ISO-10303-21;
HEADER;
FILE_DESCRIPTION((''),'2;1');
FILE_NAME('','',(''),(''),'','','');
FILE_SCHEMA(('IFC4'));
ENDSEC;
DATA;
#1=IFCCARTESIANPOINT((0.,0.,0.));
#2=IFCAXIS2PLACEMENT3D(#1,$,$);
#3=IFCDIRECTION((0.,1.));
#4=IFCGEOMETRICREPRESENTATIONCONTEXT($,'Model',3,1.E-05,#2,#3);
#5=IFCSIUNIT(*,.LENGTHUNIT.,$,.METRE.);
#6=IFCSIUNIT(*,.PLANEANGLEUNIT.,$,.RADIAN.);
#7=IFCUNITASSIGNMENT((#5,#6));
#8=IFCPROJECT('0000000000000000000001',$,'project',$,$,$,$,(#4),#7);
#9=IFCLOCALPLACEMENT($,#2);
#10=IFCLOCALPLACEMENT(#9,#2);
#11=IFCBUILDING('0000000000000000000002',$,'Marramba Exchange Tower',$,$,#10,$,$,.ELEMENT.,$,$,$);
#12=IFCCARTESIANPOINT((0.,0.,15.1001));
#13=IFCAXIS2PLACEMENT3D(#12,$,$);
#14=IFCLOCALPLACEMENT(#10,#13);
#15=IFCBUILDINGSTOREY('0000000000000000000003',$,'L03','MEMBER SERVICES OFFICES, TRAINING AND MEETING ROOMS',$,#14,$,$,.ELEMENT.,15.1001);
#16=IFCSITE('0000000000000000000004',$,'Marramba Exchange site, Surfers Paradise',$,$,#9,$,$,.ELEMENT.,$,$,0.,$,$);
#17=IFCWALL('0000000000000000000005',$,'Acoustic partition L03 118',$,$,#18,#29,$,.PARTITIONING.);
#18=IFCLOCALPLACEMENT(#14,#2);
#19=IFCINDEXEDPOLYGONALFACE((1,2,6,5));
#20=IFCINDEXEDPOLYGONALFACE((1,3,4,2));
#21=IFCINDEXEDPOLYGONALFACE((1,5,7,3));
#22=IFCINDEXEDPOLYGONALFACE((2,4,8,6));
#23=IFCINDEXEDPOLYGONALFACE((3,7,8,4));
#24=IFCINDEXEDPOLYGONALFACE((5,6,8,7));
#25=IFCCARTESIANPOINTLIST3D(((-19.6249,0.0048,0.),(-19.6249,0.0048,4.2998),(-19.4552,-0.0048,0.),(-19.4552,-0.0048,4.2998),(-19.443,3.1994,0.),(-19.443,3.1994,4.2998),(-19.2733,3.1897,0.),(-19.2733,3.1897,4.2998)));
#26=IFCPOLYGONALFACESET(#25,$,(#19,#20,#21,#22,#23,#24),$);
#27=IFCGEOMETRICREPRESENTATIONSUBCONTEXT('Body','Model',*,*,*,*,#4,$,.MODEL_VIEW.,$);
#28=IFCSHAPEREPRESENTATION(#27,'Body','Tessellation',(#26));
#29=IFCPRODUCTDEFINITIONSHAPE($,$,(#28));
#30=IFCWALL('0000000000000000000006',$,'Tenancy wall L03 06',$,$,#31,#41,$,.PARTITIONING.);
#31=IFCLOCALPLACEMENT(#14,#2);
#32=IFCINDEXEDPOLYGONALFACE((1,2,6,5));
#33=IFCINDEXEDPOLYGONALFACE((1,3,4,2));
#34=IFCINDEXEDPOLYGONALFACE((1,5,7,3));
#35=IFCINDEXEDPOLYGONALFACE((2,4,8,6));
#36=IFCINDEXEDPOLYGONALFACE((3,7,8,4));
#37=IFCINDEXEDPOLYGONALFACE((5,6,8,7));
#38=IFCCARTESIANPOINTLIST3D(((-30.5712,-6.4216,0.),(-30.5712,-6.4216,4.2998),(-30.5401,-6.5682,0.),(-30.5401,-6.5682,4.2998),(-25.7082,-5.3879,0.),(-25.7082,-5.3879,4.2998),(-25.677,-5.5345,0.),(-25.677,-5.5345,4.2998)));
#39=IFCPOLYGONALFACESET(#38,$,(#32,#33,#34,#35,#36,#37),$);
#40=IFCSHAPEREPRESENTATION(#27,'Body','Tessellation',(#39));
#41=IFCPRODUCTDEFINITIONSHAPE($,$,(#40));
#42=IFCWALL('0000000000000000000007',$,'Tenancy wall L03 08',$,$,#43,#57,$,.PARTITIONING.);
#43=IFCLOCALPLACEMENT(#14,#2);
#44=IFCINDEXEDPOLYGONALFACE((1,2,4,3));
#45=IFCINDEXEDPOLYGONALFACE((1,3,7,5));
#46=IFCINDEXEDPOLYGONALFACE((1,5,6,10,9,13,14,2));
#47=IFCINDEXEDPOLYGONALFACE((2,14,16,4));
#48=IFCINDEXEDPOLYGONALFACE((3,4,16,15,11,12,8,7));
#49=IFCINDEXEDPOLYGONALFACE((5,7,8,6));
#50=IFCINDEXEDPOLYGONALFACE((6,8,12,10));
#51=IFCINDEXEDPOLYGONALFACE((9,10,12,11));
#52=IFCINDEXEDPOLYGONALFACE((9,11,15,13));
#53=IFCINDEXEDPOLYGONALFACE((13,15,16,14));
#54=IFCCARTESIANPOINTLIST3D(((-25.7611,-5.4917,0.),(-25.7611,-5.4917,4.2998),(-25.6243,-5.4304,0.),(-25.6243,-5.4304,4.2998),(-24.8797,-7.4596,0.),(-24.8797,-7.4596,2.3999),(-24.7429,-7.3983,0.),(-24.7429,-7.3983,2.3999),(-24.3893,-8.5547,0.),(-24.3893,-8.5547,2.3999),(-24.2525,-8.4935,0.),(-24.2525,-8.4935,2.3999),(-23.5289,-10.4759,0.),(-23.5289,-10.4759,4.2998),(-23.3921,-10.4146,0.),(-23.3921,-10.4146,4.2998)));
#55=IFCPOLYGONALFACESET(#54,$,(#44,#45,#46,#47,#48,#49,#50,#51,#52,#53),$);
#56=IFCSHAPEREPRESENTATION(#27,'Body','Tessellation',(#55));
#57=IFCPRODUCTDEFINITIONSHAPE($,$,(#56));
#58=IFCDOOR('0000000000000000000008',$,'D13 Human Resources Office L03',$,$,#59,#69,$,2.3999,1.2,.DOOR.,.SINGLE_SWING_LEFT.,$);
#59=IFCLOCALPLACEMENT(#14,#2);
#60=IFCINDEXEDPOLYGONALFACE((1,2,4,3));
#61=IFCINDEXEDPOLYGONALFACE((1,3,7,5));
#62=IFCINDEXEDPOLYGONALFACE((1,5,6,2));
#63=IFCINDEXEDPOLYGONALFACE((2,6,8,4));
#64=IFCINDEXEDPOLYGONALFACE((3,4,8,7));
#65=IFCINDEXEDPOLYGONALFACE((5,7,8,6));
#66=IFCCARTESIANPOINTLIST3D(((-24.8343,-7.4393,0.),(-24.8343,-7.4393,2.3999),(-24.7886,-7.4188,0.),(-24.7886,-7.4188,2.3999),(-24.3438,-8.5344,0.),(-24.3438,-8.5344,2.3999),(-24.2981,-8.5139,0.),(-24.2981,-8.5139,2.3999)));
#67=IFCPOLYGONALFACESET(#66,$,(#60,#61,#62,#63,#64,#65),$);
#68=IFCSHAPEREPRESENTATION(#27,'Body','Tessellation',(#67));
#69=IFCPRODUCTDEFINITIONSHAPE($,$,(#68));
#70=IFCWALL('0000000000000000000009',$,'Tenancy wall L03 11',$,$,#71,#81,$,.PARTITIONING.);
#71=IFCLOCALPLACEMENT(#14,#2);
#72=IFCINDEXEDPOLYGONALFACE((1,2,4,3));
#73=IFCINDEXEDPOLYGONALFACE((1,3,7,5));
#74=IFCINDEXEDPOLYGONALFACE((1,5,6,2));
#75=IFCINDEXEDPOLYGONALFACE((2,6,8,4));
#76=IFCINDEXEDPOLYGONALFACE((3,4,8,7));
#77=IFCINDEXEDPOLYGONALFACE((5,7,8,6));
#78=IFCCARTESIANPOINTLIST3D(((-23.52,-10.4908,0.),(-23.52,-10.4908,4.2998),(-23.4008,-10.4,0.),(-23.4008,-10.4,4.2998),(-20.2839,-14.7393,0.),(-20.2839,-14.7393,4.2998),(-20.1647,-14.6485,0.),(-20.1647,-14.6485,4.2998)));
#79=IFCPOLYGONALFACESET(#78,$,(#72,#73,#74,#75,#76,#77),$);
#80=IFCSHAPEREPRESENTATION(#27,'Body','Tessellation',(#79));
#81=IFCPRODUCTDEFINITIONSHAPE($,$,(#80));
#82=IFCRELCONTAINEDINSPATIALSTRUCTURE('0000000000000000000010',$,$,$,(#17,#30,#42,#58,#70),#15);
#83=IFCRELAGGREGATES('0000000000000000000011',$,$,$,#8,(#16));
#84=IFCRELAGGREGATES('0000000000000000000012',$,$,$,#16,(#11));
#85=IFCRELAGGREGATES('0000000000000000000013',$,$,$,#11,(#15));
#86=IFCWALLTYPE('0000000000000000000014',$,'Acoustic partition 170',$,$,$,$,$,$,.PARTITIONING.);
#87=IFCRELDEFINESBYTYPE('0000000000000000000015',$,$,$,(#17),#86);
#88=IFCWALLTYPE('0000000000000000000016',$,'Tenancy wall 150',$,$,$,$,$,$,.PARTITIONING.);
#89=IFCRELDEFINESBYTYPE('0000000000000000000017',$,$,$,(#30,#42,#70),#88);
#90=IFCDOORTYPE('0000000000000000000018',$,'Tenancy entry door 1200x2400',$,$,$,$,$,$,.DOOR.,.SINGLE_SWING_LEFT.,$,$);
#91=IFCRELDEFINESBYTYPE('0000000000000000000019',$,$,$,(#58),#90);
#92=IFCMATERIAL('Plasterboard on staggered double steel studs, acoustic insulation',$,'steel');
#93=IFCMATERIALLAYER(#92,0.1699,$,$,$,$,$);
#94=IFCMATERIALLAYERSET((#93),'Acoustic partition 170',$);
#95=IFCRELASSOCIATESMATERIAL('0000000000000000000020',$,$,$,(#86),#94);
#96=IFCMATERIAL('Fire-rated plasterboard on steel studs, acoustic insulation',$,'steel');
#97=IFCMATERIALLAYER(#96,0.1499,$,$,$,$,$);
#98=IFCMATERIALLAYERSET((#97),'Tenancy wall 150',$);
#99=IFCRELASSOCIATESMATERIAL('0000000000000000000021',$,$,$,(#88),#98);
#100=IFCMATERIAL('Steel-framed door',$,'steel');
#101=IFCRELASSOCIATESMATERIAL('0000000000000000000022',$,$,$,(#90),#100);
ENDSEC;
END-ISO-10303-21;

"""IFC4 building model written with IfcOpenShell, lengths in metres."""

from ifc_helpers import new_model, si_unit, direction, frame, frame_2d, origin, place, context, subcontext, project, spatial, rectangle, extrude, material, layer, layer_set, type_object, element, fill, save


model = new_model("IFC4")

# Units and contexts
model_context = context("Model", 3, precision=1e-05, world=origin(), true_north=direction((0.0, 1.0)))
body_context = subcontext(model_context, "Body", "Model", "MODEL_VIEW")
ifc_project = project(units=[si_unit("LENGTHUNIT", "METRE"), si_unit("PLANEANGLEUNIT", "RADIAN")], contexts=[model_context])

# Site, building, storey
site_placement = place(None, origin())
site = spatial("IfcSite", under=ifc_project, at=site_placement, Name="Marramba Exchange site, Surfers Paradise", CompositionType="ELEMENT", RefElevation=0.0)
building_placement = place(site_placement, origin())
building = spatial("IfcBuilding", under=site, at=building_placement, Name="Marramba Exchange Tower", CompositionType="ELEMENT")
storey_placement = place(building_placement, frame((0.0, 0.0, 15.1001)))
storey = spatial("IfcBuildingStorey", under=building, at=storey_placement, Name="L03", Description="MEMBER SERVICES OFFICES, TRAINING AND MEETING ROOMS", CompositionType="ELEMENT", Elevation=15.1001)

# Shared definitions
ifc_material_1 = material(Name="Plasterboard on staggered double steel studs, acoustic insulation", Category="steel")
ifc_layer_1 = layer(ifc_material_1, 0.1699)
ifc_layer_set_1 = layer_set([ifc_layer_1], Name="Acoustic partition 170")
wall_type_1 = type_object("IfcWallType", Name="Acoustic partition 170", PredefinedType="PARTITIONING", material=ifc_layer_set_1)

# Walls
wall_1_placement = place(storey_placement, frame((-19.54, 0.0, 0.0), z_axis=(0.0, 0.0, 1.0), x_axis=(0.056843, 0.998383, 0.0)))
element("IfcWall", 1, at=wall_1_placement, inside=storey, type_object=wall_type_1, Name="Acoustic partition L03 118", PredefinedType="PARTITIONING", context=body_context, shape_type="SweptSolid", body=[
    extrude(rectangle(XDim=3.1997, YDim=0.1699, at=frame_2d((1.5999, 0.0))), origin(), (0.0, 0.0, 1.0), 4.2998),
])
ifc_material_2 = material(Name="Fire-rated plasterboard on steel studs, acoustic insulation", Category="steel")
ifc_layer_2 = layer(ifc_material_2, 0.1499)
ifc_layer_set_2 = layer_set([ifc_layer_2], Name="Tenancy wall 150")
wall_type_2 = type_object("IfcWallType", Name="Tenancy wall 150", PredefinedType="PARTITIONING", material=ifc_layer_set_2)
wall_2_placement = place(storey_placement, frame((-25.6926, -5.4612, 0.0), z_axis=(0.0, 0.0, 1.0), x_axis=(-0.978147, -0.207916, 0.0)))
element("IfcWall", 2, at=wall_2_placement, inside=storey, type_object=wall_type_2, Name="Tenancy wall L03 06", PredefinedType="PARTITIONING", context=body_context, shape_type="SweptSolid", body=[
    extrude(rectangle(XDim=4.9717, YDim=0.1499, at=frame_2d((2.4858, 0.0))), origin(), (0.0, 0.0, 1.0), 4.2998),
])

# Wall, opening, door
wall_3_placement = place(storey_placement, frame((-25.6926, -5.4612, 0.0), z_axis=(0.0, 0.0, 1.0), x_axis=(0.408738, -0.912652, 0.0)))
wall_3 = element("IfcWall", 3, at=wall_3_placement, inside=storey, type_object=wall_type_2, Name="Tenancy wall L03 08", PredefinedType="PARTITIONING", context=body_context, shape_type="SweptSolid", body=[
    extrude(rectangle(XDim=5.4612, YDim=0.1499, at=frame_2d((2.7305, 0.0))), origin(), (0.0, 0.0, 1.0), 4.2998),
])
opening_1_placement = place(wall_3_placement, frame((2.156, 0.0, 0.0)))
opening_1 = element("IfcOpeningElement", 4, at=opening_1_placement, cuts=wall_3, PredefinedType="OPENING", context=body_context, shape_type="SweptSolid", body=[
    extrude(rectangle(XDim=1.2, YDim=2.3999, at=frame_2d((0.6001, 1.2))), frame((0.0, 0.085, 0.0), z_axis=(0.0, -1.0, 0.0), x_axis=(1.0, 0.0, 0.0)), (0.0, 0.0, 1.0), 0.1699),
])
ifc_material_3 = material(Name="Steel-framed door", Category="steel")
door_type_1 = type_object("IfcDoorType", Name="Tenancy entry door 1200x2400", OperationType="SINGLE_SWING_LEFT", PredefinedType="DOOR", material=ifc_material_3)
door_1_placement = place(opening_1_placement, origin())
door_1 = element("IfcDoor", 5, at=door_1_placement, inside=storey, type_object=door_type_1, Name="D13 Human Resources Office L03", OperationType="SINGLE_SWING_LEFT", OverallHeight=2.3999, OverallWidth=1.2, PredefinedType="DOOR", context=body_context, shape_type="SweptSolid", body=[
    extrude(rectangle(XDim=1.2, YDim=2.3999, at=frame_2d((0.6001, 1.2))), frame((0.0, 0.0249, 0.0), z_axis=(0.0, -1.0, 0.0), x_axis=(1.0, 0.0, 0.0)), (0.0, 0.0, 1.0), 0.05),
])
fill(opening_1, door_1)

# Wall
wall_4_placement = place(storey_placement, frame((-23.4604, -10.4453, 0.0), z_axis=(0.0, 0.0, 1.0), x_axis=(0.605937, -0.795513, 0.0)))
element("IfcWall", 6, at=wall_4_placement, inside=storey, type_object=wall_type_2, Name="Tenancy wall L03 11", PredefinedType="PARTITIONING", context=body_context, shape_type="SweptSolid", body=[
    extrude(rectangle(XDim=5.3406, YDim=0.1499, at=frame_2d((2.6704, 0.0))), origin(), (0.0, 0.0, 1.0), 4.2998),
])

save(model, "model.ifc")
